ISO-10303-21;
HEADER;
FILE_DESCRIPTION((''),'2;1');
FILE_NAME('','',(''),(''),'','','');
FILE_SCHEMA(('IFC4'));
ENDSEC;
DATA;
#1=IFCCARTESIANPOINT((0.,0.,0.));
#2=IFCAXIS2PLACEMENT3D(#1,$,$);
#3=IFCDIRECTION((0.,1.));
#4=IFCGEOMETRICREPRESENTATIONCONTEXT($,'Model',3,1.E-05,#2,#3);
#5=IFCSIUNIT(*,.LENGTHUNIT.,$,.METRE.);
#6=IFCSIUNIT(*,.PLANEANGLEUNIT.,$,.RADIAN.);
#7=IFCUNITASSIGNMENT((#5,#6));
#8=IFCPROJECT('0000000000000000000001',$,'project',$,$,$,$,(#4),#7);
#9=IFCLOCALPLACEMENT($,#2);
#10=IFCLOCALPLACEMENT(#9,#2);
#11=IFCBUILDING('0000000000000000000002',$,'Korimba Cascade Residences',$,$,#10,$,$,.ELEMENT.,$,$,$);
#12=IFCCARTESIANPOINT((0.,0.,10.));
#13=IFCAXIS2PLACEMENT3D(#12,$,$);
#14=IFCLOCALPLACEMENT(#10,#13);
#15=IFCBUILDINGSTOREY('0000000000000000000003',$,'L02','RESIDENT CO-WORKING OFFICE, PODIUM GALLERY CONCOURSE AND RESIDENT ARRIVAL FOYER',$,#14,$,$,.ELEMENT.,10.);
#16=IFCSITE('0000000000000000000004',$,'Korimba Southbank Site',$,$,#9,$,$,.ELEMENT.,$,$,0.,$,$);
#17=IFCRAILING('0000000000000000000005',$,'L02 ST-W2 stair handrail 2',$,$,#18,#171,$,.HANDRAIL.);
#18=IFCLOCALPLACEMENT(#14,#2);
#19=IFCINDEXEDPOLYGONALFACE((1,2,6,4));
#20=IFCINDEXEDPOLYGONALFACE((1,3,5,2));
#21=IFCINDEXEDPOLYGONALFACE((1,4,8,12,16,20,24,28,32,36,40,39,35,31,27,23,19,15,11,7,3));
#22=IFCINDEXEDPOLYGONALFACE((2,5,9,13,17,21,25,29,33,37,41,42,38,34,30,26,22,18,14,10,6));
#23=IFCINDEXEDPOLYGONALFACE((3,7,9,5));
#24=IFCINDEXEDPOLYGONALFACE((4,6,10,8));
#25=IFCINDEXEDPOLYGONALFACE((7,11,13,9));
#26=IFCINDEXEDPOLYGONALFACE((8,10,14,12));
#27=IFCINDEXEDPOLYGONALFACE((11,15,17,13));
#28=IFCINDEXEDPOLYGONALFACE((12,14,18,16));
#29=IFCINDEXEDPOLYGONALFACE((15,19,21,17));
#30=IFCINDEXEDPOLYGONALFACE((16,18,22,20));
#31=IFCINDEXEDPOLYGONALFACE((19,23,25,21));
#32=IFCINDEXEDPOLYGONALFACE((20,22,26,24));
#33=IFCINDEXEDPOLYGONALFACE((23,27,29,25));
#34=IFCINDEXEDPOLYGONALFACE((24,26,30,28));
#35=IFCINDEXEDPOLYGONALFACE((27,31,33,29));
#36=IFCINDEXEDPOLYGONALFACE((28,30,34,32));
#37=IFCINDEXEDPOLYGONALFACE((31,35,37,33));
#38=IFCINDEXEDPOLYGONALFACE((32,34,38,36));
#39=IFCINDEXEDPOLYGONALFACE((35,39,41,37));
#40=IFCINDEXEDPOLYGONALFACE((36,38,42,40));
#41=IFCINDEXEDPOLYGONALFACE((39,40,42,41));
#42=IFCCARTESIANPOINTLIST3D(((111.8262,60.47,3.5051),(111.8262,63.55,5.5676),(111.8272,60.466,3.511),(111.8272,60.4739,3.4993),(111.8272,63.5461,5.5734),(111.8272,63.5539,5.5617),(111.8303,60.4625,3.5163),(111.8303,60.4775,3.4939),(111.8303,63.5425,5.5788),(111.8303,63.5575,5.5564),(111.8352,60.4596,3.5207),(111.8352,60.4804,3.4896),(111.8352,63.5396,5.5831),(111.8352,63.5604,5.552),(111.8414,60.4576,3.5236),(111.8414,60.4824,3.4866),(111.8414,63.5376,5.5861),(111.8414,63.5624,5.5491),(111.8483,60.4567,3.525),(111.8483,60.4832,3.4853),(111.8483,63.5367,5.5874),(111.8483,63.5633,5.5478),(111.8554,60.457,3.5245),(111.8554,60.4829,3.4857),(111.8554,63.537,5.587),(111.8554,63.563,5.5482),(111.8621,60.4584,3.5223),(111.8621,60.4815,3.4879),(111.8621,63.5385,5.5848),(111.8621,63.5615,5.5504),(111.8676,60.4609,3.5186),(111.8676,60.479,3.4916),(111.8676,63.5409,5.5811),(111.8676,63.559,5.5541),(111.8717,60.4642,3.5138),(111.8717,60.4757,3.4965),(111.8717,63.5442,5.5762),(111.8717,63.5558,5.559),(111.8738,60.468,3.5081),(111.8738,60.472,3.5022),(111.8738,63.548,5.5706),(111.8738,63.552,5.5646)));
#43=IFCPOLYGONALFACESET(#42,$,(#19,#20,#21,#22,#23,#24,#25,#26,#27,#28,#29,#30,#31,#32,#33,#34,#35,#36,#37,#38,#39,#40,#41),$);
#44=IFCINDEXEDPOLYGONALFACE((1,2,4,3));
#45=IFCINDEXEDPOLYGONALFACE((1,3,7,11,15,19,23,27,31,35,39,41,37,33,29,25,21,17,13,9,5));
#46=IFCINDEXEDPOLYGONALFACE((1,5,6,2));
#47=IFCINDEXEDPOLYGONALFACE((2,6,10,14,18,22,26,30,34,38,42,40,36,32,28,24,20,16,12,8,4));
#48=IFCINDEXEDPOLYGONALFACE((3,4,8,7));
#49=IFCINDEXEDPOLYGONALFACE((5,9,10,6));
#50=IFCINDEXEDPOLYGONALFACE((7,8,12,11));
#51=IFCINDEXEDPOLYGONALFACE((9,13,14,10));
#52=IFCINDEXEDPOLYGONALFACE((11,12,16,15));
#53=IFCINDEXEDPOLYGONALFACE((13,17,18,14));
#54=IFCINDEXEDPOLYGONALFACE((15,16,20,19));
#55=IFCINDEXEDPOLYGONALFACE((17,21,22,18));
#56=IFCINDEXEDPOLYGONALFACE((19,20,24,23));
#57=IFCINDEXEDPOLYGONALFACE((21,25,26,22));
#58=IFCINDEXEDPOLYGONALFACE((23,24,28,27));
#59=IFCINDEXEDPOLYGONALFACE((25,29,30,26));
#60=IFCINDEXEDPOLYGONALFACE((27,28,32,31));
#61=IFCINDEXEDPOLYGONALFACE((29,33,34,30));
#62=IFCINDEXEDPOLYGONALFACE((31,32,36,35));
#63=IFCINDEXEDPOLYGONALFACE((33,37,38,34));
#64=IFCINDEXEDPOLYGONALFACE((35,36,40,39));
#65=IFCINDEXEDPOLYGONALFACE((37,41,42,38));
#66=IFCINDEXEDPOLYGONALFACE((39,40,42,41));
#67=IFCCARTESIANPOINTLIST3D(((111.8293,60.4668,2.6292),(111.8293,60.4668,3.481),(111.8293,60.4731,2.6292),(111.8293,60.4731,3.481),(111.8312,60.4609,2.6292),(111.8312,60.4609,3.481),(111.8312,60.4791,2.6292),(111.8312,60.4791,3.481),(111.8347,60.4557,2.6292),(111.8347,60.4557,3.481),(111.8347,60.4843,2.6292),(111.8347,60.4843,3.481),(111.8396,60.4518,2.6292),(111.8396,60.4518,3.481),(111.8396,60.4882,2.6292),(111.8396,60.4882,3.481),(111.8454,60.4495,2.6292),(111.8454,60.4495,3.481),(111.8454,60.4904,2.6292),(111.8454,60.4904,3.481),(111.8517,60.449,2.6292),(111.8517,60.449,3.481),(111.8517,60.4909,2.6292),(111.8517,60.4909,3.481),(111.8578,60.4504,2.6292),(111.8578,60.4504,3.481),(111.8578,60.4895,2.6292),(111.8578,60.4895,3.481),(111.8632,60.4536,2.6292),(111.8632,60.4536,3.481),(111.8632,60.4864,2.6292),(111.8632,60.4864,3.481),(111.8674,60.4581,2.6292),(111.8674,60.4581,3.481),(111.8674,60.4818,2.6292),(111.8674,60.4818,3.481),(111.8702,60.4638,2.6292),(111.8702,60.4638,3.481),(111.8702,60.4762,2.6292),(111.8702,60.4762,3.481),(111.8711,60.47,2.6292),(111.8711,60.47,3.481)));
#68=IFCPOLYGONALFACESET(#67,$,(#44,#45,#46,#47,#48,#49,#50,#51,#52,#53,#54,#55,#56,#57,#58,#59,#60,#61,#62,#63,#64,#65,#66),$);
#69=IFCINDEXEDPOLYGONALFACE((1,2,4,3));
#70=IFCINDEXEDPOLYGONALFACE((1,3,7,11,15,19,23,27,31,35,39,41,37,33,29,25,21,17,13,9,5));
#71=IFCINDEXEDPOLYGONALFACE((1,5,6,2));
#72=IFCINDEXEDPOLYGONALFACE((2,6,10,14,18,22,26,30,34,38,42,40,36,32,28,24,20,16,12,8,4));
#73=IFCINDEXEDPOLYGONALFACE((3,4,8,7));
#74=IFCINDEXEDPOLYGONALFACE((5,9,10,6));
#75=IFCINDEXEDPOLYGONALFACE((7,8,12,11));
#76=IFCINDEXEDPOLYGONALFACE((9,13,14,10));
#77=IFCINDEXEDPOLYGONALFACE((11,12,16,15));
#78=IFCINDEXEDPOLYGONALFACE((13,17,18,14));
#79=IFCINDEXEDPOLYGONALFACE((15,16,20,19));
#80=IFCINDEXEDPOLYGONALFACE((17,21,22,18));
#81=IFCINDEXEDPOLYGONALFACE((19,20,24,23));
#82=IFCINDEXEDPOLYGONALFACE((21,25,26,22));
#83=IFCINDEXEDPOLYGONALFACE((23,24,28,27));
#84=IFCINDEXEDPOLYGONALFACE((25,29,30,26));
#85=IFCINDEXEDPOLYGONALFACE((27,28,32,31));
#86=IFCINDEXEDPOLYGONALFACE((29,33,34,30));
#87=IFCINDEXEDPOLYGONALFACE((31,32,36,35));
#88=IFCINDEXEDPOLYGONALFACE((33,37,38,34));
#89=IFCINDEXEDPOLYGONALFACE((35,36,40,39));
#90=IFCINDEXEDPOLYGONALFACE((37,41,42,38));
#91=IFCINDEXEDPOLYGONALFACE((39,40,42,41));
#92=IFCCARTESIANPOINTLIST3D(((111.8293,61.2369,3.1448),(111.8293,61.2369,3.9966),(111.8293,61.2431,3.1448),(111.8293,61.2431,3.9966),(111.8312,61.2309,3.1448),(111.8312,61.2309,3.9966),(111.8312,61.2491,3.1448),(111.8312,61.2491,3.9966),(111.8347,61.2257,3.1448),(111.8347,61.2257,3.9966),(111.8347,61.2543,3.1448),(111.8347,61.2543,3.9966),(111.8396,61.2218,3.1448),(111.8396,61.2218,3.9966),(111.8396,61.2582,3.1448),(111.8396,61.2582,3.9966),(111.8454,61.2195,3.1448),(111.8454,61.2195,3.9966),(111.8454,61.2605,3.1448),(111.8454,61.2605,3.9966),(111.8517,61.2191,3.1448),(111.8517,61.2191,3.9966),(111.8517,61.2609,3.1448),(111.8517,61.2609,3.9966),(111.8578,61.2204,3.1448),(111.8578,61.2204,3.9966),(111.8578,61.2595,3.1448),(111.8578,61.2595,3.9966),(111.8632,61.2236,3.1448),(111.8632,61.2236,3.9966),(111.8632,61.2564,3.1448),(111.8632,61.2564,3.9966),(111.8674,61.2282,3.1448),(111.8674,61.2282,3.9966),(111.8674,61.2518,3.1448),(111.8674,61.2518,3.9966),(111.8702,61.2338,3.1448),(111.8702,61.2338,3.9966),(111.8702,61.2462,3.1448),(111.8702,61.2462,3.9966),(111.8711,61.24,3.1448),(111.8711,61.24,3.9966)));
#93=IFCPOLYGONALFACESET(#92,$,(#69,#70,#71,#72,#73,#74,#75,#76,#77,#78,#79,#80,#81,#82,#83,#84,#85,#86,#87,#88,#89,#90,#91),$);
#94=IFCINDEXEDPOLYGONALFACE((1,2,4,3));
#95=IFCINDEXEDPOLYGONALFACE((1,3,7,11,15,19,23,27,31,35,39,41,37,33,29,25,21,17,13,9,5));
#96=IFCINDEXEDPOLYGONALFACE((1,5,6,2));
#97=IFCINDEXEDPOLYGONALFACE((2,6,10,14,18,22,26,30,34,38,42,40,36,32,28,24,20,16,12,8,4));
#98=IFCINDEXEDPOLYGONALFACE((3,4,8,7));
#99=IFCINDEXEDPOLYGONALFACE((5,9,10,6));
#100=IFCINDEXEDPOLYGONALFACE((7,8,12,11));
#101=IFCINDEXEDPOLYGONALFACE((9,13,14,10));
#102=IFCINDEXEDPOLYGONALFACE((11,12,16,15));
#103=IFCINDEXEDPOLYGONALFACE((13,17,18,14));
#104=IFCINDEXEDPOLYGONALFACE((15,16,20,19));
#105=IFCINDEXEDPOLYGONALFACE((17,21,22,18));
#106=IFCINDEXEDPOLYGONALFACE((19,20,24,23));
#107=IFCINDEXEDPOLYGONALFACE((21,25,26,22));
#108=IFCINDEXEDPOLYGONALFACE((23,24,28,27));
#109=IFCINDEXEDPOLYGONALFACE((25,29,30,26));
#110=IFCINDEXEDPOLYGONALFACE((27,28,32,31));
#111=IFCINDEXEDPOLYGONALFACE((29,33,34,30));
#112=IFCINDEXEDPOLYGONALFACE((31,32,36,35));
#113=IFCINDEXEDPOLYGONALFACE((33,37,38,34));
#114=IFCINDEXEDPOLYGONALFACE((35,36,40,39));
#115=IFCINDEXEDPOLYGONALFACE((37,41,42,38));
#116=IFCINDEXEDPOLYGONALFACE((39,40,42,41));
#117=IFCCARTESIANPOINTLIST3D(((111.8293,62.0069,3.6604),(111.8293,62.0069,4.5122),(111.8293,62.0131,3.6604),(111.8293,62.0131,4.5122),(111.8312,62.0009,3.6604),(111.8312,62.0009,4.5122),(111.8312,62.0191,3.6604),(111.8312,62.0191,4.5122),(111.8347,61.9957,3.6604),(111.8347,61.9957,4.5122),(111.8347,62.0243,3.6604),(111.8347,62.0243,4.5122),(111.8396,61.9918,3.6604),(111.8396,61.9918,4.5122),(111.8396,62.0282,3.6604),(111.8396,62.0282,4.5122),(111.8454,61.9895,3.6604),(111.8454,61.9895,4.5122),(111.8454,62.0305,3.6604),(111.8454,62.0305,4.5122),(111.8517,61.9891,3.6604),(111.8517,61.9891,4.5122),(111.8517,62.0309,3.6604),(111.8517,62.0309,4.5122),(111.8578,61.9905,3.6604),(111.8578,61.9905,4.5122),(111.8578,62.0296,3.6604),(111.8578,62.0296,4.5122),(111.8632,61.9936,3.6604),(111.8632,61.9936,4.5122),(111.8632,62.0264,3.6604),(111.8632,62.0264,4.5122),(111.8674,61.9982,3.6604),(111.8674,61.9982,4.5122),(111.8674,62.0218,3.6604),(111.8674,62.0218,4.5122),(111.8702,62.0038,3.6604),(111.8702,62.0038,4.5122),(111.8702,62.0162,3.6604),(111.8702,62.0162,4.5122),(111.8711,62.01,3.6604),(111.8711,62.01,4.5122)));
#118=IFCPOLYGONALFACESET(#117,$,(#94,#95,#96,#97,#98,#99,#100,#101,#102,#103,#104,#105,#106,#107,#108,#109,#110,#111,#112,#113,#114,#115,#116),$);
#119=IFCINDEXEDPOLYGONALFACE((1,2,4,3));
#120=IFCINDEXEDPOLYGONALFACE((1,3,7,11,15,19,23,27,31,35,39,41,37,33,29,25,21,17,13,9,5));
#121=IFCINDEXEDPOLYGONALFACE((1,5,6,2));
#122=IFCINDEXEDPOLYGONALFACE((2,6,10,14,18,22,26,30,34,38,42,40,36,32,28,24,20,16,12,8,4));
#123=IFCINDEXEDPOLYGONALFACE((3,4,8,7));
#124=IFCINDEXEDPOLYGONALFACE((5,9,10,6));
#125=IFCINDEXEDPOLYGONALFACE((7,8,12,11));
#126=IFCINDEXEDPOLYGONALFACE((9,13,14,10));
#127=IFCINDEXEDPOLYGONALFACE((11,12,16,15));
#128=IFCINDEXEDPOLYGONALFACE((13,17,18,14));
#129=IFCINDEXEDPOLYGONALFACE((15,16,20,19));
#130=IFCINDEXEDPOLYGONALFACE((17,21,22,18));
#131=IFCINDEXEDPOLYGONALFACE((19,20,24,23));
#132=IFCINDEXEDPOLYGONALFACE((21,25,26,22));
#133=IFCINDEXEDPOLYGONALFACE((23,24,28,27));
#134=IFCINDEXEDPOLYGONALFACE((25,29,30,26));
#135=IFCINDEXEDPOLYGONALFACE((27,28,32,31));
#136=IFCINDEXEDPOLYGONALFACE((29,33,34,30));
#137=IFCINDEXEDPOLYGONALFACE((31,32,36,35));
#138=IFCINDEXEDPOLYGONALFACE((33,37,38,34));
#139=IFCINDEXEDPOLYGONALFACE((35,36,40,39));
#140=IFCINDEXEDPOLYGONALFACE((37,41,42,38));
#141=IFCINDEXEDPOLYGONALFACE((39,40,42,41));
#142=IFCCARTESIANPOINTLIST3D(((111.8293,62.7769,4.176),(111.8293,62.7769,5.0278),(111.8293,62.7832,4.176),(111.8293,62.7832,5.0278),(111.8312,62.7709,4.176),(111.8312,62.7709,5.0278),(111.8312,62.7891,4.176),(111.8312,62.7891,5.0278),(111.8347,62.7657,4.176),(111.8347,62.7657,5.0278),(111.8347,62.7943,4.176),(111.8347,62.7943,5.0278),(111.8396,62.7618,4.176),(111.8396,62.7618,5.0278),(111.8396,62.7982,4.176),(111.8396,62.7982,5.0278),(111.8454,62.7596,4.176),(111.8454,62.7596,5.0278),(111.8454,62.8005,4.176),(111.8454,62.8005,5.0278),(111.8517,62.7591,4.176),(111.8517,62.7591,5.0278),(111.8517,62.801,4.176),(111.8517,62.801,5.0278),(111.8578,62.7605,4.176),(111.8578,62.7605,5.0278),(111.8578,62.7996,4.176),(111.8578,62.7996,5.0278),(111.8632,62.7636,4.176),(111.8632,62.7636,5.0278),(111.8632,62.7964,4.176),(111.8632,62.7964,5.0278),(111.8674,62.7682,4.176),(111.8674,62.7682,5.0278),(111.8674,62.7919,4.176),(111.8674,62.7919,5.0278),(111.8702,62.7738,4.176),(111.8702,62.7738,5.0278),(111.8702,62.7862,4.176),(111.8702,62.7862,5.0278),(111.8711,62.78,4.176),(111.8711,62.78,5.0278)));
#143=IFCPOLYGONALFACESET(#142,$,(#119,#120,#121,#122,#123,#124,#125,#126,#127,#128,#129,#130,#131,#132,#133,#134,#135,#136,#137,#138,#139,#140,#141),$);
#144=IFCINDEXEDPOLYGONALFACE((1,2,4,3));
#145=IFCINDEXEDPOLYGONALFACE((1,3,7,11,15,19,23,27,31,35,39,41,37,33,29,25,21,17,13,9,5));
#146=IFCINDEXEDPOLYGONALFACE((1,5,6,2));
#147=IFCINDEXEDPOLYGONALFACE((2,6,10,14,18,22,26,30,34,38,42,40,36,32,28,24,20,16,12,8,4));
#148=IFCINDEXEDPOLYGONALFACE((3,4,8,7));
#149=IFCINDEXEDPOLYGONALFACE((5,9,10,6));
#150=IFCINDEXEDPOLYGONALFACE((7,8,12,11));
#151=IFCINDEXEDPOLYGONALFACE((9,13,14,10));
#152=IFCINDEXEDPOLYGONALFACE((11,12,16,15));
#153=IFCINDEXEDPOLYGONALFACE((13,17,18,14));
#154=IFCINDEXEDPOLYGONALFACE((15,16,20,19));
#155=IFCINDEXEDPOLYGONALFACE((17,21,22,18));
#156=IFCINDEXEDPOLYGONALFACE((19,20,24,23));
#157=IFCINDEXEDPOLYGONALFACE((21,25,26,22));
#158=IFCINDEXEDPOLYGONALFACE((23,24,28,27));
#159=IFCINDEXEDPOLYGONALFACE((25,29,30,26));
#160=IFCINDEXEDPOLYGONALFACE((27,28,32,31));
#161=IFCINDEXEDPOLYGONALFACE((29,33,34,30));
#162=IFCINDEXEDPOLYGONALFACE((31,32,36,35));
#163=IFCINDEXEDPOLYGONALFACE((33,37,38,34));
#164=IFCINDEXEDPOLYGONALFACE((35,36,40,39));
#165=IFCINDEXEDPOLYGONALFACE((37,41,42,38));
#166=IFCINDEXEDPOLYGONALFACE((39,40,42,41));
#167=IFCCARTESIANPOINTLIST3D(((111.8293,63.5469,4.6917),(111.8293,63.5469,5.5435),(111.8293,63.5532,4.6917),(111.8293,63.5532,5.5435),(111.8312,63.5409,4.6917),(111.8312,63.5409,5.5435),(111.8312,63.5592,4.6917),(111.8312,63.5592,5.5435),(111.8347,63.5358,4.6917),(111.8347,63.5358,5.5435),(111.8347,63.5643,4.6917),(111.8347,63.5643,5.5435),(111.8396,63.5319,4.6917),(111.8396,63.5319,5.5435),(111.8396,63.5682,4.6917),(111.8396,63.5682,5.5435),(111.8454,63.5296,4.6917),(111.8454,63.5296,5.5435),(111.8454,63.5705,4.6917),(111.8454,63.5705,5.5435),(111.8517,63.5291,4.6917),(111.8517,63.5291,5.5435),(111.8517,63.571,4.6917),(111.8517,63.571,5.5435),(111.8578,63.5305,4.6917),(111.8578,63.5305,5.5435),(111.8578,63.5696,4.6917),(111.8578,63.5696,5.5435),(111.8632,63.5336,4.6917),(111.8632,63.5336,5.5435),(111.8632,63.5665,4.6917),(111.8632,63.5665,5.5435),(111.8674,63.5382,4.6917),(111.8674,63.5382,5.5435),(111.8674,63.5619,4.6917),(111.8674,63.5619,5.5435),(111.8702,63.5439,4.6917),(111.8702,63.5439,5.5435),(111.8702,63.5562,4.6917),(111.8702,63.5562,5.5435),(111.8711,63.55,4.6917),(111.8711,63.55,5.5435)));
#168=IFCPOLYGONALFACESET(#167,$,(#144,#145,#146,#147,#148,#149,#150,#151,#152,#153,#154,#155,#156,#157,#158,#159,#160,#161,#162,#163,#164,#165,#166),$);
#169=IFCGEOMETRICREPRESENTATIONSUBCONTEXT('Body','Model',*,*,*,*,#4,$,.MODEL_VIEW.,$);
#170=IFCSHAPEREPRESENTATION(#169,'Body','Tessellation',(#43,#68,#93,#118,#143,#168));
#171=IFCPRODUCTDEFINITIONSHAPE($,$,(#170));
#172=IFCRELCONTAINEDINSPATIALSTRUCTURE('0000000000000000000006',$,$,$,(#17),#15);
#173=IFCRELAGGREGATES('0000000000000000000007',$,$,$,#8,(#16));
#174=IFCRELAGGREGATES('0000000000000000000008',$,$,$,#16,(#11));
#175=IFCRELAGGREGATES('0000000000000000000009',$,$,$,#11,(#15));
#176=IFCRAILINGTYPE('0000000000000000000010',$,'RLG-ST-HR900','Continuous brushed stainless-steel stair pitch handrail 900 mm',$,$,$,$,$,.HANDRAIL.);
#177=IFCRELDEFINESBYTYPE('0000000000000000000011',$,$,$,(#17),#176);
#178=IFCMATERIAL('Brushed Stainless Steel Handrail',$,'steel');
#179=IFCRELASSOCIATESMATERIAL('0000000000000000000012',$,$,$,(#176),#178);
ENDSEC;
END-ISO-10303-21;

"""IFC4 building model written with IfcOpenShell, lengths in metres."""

from ifc_helpers import new_model, si_unit, direction, frame, origin, origin_2d, place, context, subcontext, project, spatial, circle, extrude, material, type_object, element, save


model = new_model("IFC4")

# Units and contexts
model_context = context("Model", 3, precision=1e-05, world=origin(), true_north=direction((0.0, 1.0)))
body_context = subcontext(model_context, "Body", "Model", "MODEL_VIEW")
ifc_project = project(units=[si_unit("LENGTHUNIT", "METRE"), si_unit("PLANEANGLEUNIT", "RADIAN")], contexts=[model_context])

# Site, building, storey
site_placement = place(None, origin())
site = spatial("IfcSite", under=ifc_project, at=site_placement, Name="Korimba Southbank Site", CompositionType="ELEMENT", RefElevation=0.0)
building_placement = place(site_placement, origin())
building = spatial("IfcBuilding", under=site, at=building_placement, Name="Korimba Cascade Residences", CompositionType="ELEMENT")
storey_placement = place(building_placement, frame((0.0, 0.0, 10.0)))
storey = spatial("IfcBuildingStorey", under=building, at=storey_placement, Name="L02", Description="RESIDENT CO-WORKING OFFICE, PODIUM GALLERY CONCOURSE AND RESIDENT ARRIVAL FOYER", CompositionType="ELEMENT", Elevation=10.0)

# Railing
ifc_material_1 = material(Name="Brushed Stainless Steel Handrail", Category="steel")
railing_type_1 = type_object("IfcRailingType", Name="RLG-ST-HR900", Description="Continuous brushed stainless-steel stair pitch handrail 900 mm", PredefinedType="HANDRAIL", material=ifc_material_1)
for number, where, name in (
    (1, (111.8501, 60.47, 2.6292), "L02 ST-W2 stair handrail 2"),
):
    element("IfcRailing", number, at=place(storey_placement, frame(where)), inside=storey, type_object=railing_type_1, Name=name, PredefinedType="HANDRAIL", context=body_context, shape_type="SweptSolid", body=[
        extrude(circle(Radius=0.0239, at=origin_2d()), frame((0.0, 0.0, 0.876), z_axis=(0.0, 0.830914, 0.556401), x_axis=(-1.0, 0.0, 0.0)), (0.0, 0.0, 1.0), 3.7068),
        extrude(circle(Radius=0.021, at=origin_2d()), origin(), (0.0, 0.0, 1.0), 0.8518),
        extrude(circle(Radius=0.021, at=origin_2d()), frame((0.0, 0.77, 0.5156)), (0.0, 0.0, 1.0), 0.8518),
        extrude(circle(Radius=0.021, at=origin_2d()), frame((0.0, 1.54, 1.0312)), (0.0, 0.0, 1.0), 0.8518),
        extrude(circle(Radius=0.021, at=origin_2d()), frame((0.0, 2.3101, 1.5469)), (0.0, 0.0, 1.0), 0.8518),
        extrude(circle(Radius=0.021, at=origin_2d()), frame((0.0, 3.0801, 2.0625)), (0.0, 0.0, 1.0), 0.8518),
    ])

save(model, "model.ifc")
